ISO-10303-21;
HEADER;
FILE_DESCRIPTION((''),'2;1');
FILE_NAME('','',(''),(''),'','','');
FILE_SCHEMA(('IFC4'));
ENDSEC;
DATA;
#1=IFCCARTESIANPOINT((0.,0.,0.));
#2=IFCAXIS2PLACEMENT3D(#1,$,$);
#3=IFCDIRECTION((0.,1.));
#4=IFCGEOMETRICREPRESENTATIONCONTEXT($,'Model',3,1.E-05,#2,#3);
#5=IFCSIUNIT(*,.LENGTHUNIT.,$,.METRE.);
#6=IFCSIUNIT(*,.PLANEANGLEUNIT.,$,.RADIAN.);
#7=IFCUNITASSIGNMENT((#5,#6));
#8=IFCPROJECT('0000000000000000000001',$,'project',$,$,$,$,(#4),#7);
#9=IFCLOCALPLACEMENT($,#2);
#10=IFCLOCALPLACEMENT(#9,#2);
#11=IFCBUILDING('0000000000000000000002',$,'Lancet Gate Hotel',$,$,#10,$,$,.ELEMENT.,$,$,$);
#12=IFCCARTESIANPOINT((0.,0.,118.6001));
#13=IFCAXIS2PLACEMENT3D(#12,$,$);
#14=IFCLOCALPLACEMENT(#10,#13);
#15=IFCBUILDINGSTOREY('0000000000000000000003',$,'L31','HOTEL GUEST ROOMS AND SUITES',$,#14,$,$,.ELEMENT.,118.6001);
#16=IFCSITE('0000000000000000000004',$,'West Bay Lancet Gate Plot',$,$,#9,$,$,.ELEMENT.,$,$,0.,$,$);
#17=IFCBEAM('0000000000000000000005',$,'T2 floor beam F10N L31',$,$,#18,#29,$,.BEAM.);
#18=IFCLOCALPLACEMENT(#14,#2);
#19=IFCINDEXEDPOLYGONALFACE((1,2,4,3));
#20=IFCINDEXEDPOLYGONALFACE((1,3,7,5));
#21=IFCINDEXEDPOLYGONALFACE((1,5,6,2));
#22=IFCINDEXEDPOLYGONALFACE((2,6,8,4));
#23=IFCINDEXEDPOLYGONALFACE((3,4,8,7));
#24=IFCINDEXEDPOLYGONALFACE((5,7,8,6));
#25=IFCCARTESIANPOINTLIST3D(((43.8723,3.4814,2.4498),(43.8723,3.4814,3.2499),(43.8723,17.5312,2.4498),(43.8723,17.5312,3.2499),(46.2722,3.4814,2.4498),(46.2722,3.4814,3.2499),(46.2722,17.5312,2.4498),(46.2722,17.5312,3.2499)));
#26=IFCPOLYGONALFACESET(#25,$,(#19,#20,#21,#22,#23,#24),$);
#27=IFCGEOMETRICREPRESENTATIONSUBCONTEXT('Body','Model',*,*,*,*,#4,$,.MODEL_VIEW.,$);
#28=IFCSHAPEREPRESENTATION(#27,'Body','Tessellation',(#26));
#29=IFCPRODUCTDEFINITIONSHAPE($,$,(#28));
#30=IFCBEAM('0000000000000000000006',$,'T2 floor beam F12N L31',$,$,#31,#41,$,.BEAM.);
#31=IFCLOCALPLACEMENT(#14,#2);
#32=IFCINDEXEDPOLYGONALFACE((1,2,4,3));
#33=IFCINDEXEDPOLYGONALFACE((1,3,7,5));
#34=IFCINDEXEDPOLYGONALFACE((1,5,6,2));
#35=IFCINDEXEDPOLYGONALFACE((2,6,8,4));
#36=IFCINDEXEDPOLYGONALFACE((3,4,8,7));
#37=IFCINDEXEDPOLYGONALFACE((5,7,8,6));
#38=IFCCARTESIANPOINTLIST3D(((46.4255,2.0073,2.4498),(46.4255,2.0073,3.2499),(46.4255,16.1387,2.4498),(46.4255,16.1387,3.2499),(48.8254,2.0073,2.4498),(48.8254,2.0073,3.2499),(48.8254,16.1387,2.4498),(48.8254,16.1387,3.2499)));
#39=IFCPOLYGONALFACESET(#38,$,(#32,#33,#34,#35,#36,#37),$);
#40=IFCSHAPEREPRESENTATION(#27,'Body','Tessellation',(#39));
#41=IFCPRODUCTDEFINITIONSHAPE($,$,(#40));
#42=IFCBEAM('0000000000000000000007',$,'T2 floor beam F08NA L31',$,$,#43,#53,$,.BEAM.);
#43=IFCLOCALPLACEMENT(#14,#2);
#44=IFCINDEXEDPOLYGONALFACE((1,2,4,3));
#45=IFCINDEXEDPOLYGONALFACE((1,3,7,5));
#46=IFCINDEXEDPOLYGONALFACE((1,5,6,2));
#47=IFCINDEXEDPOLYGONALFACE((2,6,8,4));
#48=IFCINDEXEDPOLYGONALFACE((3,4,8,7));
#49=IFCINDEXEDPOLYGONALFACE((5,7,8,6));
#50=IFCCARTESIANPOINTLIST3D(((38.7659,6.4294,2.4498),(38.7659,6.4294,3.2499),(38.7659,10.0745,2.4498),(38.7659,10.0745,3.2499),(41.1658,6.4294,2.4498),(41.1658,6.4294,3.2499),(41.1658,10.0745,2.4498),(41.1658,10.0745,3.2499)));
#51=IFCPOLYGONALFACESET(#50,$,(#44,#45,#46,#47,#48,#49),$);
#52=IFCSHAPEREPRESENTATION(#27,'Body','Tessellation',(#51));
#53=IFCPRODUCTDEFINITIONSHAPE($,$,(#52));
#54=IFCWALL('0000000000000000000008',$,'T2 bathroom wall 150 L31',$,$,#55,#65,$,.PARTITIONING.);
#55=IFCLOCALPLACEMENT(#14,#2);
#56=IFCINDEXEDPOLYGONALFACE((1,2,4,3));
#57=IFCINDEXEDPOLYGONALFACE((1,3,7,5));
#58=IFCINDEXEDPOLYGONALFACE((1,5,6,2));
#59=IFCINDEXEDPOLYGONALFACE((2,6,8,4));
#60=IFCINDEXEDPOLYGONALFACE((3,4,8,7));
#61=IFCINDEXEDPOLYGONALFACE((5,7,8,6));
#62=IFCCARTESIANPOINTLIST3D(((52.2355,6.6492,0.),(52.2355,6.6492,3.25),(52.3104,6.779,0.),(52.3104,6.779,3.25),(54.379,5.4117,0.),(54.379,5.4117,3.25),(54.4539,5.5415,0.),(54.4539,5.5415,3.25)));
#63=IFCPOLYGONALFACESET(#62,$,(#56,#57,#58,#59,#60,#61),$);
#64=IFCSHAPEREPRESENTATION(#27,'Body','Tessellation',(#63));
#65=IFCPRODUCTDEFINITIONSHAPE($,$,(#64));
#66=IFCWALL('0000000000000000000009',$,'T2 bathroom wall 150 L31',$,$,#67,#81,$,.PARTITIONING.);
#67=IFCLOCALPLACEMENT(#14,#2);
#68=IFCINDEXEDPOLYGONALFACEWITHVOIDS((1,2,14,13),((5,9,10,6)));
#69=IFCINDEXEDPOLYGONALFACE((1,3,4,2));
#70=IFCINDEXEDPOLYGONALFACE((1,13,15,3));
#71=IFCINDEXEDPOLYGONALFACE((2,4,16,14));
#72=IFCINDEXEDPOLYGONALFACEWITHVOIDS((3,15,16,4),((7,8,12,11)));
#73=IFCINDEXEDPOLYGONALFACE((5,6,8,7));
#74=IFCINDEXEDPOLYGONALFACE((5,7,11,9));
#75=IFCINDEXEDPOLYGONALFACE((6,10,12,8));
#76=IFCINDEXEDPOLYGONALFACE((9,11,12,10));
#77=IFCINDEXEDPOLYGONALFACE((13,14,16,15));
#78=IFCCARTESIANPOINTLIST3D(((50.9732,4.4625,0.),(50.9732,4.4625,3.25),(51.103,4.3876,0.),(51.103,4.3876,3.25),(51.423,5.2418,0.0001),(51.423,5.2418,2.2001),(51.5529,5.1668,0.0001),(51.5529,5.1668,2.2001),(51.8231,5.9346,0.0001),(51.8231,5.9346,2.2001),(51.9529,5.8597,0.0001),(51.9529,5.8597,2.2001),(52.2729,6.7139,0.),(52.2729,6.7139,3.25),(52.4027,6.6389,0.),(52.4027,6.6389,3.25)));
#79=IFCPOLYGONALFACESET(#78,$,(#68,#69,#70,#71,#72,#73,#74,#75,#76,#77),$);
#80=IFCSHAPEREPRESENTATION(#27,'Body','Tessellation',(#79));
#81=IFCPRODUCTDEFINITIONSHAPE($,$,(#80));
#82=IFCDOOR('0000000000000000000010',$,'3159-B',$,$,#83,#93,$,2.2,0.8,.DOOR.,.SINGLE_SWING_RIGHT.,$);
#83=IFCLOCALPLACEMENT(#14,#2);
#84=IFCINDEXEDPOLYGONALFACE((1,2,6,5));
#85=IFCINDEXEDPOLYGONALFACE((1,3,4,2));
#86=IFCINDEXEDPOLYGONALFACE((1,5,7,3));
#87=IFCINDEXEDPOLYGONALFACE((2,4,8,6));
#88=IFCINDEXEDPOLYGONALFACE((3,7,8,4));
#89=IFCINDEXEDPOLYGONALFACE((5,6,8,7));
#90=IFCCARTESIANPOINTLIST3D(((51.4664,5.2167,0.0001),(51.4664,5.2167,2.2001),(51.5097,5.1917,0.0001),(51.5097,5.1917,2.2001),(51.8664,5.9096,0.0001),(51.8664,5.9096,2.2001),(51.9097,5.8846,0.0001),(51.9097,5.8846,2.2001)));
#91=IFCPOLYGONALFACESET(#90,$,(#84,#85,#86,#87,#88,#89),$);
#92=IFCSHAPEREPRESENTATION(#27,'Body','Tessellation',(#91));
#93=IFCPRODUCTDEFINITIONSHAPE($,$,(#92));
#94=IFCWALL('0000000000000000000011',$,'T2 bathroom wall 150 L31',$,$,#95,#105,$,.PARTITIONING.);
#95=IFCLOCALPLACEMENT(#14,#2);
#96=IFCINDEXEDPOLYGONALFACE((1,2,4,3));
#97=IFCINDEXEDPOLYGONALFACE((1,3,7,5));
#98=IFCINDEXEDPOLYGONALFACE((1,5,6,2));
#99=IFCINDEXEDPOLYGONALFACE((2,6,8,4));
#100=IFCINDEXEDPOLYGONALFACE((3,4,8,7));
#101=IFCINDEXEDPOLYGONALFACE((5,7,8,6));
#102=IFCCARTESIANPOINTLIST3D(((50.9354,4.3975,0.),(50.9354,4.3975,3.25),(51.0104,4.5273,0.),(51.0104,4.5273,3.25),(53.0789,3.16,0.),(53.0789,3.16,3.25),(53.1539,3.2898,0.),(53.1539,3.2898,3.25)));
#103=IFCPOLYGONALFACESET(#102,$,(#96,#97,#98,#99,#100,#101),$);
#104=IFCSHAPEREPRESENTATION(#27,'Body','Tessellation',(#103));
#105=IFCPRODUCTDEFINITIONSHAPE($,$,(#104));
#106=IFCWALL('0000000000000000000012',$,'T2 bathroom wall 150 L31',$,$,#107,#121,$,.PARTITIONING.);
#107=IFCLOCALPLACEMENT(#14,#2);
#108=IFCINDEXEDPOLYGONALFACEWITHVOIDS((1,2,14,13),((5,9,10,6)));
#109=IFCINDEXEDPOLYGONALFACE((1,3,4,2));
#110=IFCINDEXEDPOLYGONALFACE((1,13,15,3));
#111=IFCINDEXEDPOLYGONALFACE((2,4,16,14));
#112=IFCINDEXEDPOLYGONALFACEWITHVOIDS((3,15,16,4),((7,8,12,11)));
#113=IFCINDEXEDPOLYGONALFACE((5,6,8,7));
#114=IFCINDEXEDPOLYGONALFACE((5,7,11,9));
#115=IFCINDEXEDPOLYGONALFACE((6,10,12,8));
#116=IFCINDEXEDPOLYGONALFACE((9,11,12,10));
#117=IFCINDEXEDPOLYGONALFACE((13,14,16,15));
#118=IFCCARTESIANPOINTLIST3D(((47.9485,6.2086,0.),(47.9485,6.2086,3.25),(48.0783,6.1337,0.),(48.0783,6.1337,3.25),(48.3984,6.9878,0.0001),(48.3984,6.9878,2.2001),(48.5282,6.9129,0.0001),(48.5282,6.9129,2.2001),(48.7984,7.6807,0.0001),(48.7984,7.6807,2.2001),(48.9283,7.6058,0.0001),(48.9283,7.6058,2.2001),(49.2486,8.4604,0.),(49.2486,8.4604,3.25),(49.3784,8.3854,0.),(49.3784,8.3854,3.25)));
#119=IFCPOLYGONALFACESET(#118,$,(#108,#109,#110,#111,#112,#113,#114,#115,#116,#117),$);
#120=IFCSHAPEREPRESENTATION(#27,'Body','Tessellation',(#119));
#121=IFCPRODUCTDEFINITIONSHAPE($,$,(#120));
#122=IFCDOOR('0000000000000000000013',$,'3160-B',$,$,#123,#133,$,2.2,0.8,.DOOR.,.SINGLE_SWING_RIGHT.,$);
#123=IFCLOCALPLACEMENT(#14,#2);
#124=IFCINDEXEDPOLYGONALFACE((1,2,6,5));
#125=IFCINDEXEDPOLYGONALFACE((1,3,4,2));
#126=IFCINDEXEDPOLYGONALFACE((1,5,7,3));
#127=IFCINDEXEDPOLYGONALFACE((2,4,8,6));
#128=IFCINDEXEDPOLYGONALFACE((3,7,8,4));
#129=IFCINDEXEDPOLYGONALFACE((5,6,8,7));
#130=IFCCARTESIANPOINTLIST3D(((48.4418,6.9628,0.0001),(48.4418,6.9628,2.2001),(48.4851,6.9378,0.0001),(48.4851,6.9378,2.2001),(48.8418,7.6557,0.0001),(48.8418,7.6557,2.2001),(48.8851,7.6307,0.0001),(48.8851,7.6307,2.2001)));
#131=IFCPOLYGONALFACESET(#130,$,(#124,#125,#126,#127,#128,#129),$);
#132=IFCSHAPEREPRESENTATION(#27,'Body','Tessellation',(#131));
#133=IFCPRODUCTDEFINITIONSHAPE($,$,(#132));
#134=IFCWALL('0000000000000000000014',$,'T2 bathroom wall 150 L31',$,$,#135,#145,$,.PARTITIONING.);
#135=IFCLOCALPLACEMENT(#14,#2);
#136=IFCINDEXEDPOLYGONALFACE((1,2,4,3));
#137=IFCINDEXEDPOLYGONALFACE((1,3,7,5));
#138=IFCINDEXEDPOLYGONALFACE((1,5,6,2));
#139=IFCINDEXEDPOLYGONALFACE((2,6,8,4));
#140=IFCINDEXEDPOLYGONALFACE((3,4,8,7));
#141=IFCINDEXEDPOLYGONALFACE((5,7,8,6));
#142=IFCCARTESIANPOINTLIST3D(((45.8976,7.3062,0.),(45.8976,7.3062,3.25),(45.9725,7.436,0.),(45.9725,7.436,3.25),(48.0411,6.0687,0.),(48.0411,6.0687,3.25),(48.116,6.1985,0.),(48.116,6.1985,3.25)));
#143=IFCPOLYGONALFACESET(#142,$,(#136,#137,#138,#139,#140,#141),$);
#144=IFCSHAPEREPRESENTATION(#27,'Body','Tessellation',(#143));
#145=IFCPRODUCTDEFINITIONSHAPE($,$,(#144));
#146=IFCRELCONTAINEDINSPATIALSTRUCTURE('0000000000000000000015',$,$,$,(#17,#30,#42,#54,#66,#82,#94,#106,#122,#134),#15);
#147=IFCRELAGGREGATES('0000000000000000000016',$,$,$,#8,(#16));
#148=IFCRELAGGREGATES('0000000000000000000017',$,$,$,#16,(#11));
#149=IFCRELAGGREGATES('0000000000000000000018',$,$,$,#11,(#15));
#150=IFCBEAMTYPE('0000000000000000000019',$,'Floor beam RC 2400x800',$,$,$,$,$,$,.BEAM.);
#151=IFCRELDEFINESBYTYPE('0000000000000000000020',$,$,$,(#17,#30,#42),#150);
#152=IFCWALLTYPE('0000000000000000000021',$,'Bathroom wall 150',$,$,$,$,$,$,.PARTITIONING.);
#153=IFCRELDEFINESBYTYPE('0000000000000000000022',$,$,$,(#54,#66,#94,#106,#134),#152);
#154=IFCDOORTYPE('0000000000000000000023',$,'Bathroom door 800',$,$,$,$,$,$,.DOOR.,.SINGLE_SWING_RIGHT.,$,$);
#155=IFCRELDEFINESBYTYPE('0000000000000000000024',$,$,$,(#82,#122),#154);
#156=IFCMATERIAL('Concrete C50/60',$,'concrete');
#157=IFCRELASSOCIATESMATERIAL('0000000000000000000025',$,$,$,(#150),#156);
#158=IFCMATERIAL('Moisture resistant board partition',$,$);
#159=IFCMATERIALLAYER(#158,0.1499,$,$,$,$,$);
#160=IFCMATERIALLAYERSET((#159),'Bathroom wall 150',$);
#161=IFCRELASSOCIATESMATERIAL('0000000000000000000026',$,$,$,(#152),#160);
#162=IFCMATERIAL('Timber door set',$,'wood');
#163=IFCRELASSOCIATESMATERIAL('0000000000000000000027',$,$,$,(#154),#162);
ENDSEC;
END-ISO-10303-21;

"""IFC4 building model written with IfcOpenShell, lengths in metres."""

from ifc_helpers import new_model, si_unit, direction, frame, frame_2d, origin, origin_2d, place, context, subcontext, project, spatial, rectangle, extrude, material, layer, layer_set, material_profile, profile_set, type_object, element, fill, save


model = new_model("IFC4")

# Units and contexts
model_context = context("Model", 3, precision=1e-05, world=origin(), true_north=direction((0.0, 1.0)))
body_context = subcontext(model_context, "Body", "Model", "MODEL_VIEW")
ifc_project = project(units=[si_unit("LENGTHUNIT", "METRE"), si_unit("PLANEANGLEUNIT", "RADIAN")], contexts=[model_context])

# Site, building, storey
site_placement = place(None, origin())
site = spatial("IfcSite", under=ifc_project, at=site_placement, Name="West Bay Lancet Gate Plot", CompositionType="ELEMENT", RefElevation=0.0)
building_placement = place(site_placement, origin())
building = spatial("IfcBuilding", under=site, at=building_placement, Name="Lancet Gate Hotel", CompositionType="ELEMENT")
storey_placement = place(building_placement, frame((0.0, 0.0, 118.6001)))
storey = spatial("IfcBuildingStorey", under=building, at=storey_placement, Name="L31", Description="HOTEL GUEST ROOMS AND SUITES", CompositionType="ELEMENT", Elevation=118.6001)

# Beams
ifc_material_1 = material(Name="Concrete C50/60", Category="concrete")
ifc_material_profile = material_profile(ifc_material_1, rectangle(XDim=2.3999, YDim=0.8, at=origin_2d()), Name="RC 2400x800")
ifc_profile_set = profile_set([ifc_material_profile], Name="Concrete C50/60")
beam_type = type_object("IfcBeamType", Name="Floor beam RC 2400x800", PredefinedType="BEAM", material=ifc_profile_set)
beam_1_placement = place(storey_placement, frame((45.0723, 3.4814, 2.8499), z_axis=(0.0, 1.0, 0.0), x_axis=(-1.0, 0.0, 0.0)))
element("IfcBeam", 1, at=beam_1_placement, inside=storey, type_object=beam_type, Name="T2 floor beam F10N L31", PredefinedType="BEAM", context=body_context, shape_type="SweptSolid", body=[
    extrude(rectangle(XDim=2.3999, YDim=0.8, at=origin_2d()), origin(), (0.0, 0.0, 1.0), 14.0498),
])
beam_2_placement = place(storey_placement, frame((47.6255, 2.0073, 2.8499), z_axis=(0.0, 1.0, 0.0), x_axis=(-1.0, 0.0, 0.0)))
element("IfcBeam", 2, at=beam_2_placement, inside=storey, type_object=beam_type, Name="T2 floor beam F12N L31", PredefinedType="BEAM", context=body_context, shape_type="SweptSolid", body=[
    extrude(rectangle(XDim=2.3999, YDim=0.8, at=origin_2d()), origin(), (0.0, 0.0, 1.0), 14.1313),
])
beam_3_placement = place(storey_placement, frame((39.9658, 6.4294, 2.8499), z_axis=(0.0, 1.0, 0.0), x_axis=(-1.0, 0.0, 0.0)))
element("IfcBeam", 3, at=beam_3_placement, inside=storey, type_object=beam_type, Name="T2 floor beam F08NA L31", PredefinedType="BEAM", context=body_context, shape_type="SweptSolid", body=[
    extrude(rectangle(XDim=2.3999, YDim=0.8, at=origin_2d()), origin(), (0.0, 0.0, 1.0), 3.645),
])

# Wall
ifc_material_2 = material(Name="Moisture resistant board partition")
ifc_layer_1 = layer(ifc_material_2, 0.1499)
ifc_layer_set_1 = layer_set([ifc_layer_1], Name="Bathroom wall 150")
wall_type_1 = type_object("IfcWallType", Name="Bathroom wall 150", PredefinedType="PARTITIONING", material=ifc_layer_set_1)
wall_1_placement = place(storey_placement, frame((52.2729, 6.7141, 0.0), z_axis=(0.0, 0.0, 1.0), x_axis=(0.866031, -0.49999, 0.0)))
element("IfcWall", 4, at=wall_1_placement, inside=storey, type_object=wall_type_1, Name="T2 bathroom wall 150 L31", PredefinedType="PARTITIONING", context=body_context, shape_type="SweptSolid", body=[
    extrude(rectangle(XDim=2.4751, YDim=0.1499, at=frame_2d((1.2375, 0.0))), origin(), (0.0, 0.0, 1.0), 3.25),
])

# Wall, opening, door
wall_2_placement = place(storey_placement, frame((51.0381, 4.425, 0.0), z_axis=(0.0, 0.0, 1.0), x_axis=(0.499977, 0.866039, 0.0)))
wall_2 = element("IfcWall", 5, at=wall_2_placement, inside=storey, type_object=wall_type_1, Name="T2 bathroom wall 150 L31", PredefinedType="PARTITIONING", context=body_context, shape_type="SweptSolid", body=[
    extrude(rectangle(XDim=2.5996, YDim=0.1499, at=frame_2d((1.2998, 0.0))), origin(), (0.0, 0.0, 1.0), 3.25),
])
opening_1_placement = place(wall_2_placement, frame((0.8999, 0.0, 0.0)))
opening_1 = element("IfcOpeningElement", 6, at=opening_1_placement, cuts=wall_2, PredefinedType="OPENING", context=body_context, shape_type="SweptSolid", body=[
    extrude(rectangle(XDim=0.8, YDim=2.2, at=frame_2d((0.3999, 1.1001))), frame((0.0, 0.085, 0.0), z_axis=(0.0, -1.0, 0.0), x_axis=(1.0, 0.0, 0.0)), (0.0, 0.0, 1.0), 0.1699),
])
ifc_material_3 = material(Name="Timber door set", Category="wood")
door_type_1 = type_object("IfcDoorType", Name="Bathroom door 800", OperationType="SINGLE_SWING_RIGHT", PredefinedType="DOOR", material=ifc_material_3)
door_1_placement = place(opening_1_placement, origin())
door_1 = element("IfcDoor", 7, at=door_1_placement, inside=storey, type_object=door_type_1, Name="3159-B", OperationType="SINGLE_SWING_RIGHT", OverallHeight=2.2, OverallWidth=0.8, PredefinedType="DOOR", context=body_context, shape_type="SweptSolid", body=[
    extrude(rectangle(XDim=0.8, YDim=2.2, at=frame_2d((0.3999, 1.1001))), frame((0.0, 0.0249, 0.0), z_axis=(0.0, -1.0, 0.0), x_axis=(1.0, 0.0, 0.0)), (0.0, 0.0, 1.0), 0.05),
])
fill(opening_1, door_1)

# Wall
wall_3_placement = place(storey_placement, frame((50.9729, 4.4624, 0.0), z_axis=(0.0, 0.0, 1.0), x_axis=(0.866031, -0.49999, 0.0)))
element("IfcWall", 8, at=wall_3_placement, inside=storey, type_object=wall_type_1, Name="T2 bathroom wall 150 L31", PredefinedType="PARTITIONING", context=body_context, shape_type="SweptSolid", body=[
    extrude(rectangle(XDim=2.4751, YDim=0.1499, at=frame_2d((1.2375, 0.0))), origin(), (0.0, 0.0, 1.0), 3.25),
])

# Wall, opening, door
wall_4_placement = place(storey_placement, frame((48.0134, 6.1711, 0.0), z_axis=(0.0, 0.0, 1.0), x_axis=(0.500007, 0.866021, 0.0)))
wall_4 = element("IfcWall", 9, at=wall_4_placement, inside=storey, type_object=wall_type_1, Name="T2 bathroom wall 150 L31", PredefinedType="PARTITIONING", context=body_context, shape_type="SweptSolid", body=[
    extrude(rectangle(XDim=2.6001, YDim=0.1499, at=frame_2d((1.3, 0.0))), origin(), (0.0, 0.0, 1.0), 3.25),
])
opening_2_placement = place(wall_4_placement, frame((0.8999, 0.0, 0.0)))
opening_2 = element("IfcOpeningElement", 10, at=opening_2_placement, cuts=wall_4, PredefinedType="OPENING", context=body_context, shape_type="SweptSolid", body=[
    extrude(rectangle(XDim=0.8, YDim=2.2, at=frame_2d((0.3999, 1.1001))), frame((0.0, 0.085, 0.0), z_axis=(0.0, -1.0, 0.0), x_axis=(1.0, 0.0, 0.0)), (0.0, 0.0, 1.0), 0.1699),
])
door_2_placement = place(opening_2_placement, origin())
door_2 = element("IfcDoor", 11, at=door_2_placement, inside=storey, type_object=door_type_1, Name="3160-B", OperationType="SINGLE_SWING_RIGHT", OverallHeight=2.2, OverallWidth=0.8, PredefinedType="DOOR", context=body_context, shape_type="SweptSolid", body=[
    extrude(rectangle(XDim=0.8, YDim=2.2, at=frame_2d((0.3999, 1.1001))), frame((0.0, 0.0249, 0.0), z_axis=(0.0, -1.0, 0.0), x_axis=(1.0, 0.0, 0.0)), (0.0, 0.0, 1.0), 0.05),
])
fill(opening_2, door_2)

# Wall
wall_5_placement = place(storey_placement, frame((45.9351, 7.3711, 0.0), z_axis=(0.0, 0.0, 1.0), x_axis=(0.866031, -0.49999, 0.0)))
element("IfcWall", 12, at=wall_5_placement, inside=storey, type_object=wall_type_1, Name="T2 bathroom wall 150 L31", PredefinedType="PARTITIONING", context=body_context, shape_type="SweptSolid", body=[
    extrude(rectangle(XDim=2.4751, YDim=0.1499, at=frame_2d((1.2375, 0.0))), origin(), (0.0, 0.0, 1.0), 3.25),
])

save(model, "model.ifc")
